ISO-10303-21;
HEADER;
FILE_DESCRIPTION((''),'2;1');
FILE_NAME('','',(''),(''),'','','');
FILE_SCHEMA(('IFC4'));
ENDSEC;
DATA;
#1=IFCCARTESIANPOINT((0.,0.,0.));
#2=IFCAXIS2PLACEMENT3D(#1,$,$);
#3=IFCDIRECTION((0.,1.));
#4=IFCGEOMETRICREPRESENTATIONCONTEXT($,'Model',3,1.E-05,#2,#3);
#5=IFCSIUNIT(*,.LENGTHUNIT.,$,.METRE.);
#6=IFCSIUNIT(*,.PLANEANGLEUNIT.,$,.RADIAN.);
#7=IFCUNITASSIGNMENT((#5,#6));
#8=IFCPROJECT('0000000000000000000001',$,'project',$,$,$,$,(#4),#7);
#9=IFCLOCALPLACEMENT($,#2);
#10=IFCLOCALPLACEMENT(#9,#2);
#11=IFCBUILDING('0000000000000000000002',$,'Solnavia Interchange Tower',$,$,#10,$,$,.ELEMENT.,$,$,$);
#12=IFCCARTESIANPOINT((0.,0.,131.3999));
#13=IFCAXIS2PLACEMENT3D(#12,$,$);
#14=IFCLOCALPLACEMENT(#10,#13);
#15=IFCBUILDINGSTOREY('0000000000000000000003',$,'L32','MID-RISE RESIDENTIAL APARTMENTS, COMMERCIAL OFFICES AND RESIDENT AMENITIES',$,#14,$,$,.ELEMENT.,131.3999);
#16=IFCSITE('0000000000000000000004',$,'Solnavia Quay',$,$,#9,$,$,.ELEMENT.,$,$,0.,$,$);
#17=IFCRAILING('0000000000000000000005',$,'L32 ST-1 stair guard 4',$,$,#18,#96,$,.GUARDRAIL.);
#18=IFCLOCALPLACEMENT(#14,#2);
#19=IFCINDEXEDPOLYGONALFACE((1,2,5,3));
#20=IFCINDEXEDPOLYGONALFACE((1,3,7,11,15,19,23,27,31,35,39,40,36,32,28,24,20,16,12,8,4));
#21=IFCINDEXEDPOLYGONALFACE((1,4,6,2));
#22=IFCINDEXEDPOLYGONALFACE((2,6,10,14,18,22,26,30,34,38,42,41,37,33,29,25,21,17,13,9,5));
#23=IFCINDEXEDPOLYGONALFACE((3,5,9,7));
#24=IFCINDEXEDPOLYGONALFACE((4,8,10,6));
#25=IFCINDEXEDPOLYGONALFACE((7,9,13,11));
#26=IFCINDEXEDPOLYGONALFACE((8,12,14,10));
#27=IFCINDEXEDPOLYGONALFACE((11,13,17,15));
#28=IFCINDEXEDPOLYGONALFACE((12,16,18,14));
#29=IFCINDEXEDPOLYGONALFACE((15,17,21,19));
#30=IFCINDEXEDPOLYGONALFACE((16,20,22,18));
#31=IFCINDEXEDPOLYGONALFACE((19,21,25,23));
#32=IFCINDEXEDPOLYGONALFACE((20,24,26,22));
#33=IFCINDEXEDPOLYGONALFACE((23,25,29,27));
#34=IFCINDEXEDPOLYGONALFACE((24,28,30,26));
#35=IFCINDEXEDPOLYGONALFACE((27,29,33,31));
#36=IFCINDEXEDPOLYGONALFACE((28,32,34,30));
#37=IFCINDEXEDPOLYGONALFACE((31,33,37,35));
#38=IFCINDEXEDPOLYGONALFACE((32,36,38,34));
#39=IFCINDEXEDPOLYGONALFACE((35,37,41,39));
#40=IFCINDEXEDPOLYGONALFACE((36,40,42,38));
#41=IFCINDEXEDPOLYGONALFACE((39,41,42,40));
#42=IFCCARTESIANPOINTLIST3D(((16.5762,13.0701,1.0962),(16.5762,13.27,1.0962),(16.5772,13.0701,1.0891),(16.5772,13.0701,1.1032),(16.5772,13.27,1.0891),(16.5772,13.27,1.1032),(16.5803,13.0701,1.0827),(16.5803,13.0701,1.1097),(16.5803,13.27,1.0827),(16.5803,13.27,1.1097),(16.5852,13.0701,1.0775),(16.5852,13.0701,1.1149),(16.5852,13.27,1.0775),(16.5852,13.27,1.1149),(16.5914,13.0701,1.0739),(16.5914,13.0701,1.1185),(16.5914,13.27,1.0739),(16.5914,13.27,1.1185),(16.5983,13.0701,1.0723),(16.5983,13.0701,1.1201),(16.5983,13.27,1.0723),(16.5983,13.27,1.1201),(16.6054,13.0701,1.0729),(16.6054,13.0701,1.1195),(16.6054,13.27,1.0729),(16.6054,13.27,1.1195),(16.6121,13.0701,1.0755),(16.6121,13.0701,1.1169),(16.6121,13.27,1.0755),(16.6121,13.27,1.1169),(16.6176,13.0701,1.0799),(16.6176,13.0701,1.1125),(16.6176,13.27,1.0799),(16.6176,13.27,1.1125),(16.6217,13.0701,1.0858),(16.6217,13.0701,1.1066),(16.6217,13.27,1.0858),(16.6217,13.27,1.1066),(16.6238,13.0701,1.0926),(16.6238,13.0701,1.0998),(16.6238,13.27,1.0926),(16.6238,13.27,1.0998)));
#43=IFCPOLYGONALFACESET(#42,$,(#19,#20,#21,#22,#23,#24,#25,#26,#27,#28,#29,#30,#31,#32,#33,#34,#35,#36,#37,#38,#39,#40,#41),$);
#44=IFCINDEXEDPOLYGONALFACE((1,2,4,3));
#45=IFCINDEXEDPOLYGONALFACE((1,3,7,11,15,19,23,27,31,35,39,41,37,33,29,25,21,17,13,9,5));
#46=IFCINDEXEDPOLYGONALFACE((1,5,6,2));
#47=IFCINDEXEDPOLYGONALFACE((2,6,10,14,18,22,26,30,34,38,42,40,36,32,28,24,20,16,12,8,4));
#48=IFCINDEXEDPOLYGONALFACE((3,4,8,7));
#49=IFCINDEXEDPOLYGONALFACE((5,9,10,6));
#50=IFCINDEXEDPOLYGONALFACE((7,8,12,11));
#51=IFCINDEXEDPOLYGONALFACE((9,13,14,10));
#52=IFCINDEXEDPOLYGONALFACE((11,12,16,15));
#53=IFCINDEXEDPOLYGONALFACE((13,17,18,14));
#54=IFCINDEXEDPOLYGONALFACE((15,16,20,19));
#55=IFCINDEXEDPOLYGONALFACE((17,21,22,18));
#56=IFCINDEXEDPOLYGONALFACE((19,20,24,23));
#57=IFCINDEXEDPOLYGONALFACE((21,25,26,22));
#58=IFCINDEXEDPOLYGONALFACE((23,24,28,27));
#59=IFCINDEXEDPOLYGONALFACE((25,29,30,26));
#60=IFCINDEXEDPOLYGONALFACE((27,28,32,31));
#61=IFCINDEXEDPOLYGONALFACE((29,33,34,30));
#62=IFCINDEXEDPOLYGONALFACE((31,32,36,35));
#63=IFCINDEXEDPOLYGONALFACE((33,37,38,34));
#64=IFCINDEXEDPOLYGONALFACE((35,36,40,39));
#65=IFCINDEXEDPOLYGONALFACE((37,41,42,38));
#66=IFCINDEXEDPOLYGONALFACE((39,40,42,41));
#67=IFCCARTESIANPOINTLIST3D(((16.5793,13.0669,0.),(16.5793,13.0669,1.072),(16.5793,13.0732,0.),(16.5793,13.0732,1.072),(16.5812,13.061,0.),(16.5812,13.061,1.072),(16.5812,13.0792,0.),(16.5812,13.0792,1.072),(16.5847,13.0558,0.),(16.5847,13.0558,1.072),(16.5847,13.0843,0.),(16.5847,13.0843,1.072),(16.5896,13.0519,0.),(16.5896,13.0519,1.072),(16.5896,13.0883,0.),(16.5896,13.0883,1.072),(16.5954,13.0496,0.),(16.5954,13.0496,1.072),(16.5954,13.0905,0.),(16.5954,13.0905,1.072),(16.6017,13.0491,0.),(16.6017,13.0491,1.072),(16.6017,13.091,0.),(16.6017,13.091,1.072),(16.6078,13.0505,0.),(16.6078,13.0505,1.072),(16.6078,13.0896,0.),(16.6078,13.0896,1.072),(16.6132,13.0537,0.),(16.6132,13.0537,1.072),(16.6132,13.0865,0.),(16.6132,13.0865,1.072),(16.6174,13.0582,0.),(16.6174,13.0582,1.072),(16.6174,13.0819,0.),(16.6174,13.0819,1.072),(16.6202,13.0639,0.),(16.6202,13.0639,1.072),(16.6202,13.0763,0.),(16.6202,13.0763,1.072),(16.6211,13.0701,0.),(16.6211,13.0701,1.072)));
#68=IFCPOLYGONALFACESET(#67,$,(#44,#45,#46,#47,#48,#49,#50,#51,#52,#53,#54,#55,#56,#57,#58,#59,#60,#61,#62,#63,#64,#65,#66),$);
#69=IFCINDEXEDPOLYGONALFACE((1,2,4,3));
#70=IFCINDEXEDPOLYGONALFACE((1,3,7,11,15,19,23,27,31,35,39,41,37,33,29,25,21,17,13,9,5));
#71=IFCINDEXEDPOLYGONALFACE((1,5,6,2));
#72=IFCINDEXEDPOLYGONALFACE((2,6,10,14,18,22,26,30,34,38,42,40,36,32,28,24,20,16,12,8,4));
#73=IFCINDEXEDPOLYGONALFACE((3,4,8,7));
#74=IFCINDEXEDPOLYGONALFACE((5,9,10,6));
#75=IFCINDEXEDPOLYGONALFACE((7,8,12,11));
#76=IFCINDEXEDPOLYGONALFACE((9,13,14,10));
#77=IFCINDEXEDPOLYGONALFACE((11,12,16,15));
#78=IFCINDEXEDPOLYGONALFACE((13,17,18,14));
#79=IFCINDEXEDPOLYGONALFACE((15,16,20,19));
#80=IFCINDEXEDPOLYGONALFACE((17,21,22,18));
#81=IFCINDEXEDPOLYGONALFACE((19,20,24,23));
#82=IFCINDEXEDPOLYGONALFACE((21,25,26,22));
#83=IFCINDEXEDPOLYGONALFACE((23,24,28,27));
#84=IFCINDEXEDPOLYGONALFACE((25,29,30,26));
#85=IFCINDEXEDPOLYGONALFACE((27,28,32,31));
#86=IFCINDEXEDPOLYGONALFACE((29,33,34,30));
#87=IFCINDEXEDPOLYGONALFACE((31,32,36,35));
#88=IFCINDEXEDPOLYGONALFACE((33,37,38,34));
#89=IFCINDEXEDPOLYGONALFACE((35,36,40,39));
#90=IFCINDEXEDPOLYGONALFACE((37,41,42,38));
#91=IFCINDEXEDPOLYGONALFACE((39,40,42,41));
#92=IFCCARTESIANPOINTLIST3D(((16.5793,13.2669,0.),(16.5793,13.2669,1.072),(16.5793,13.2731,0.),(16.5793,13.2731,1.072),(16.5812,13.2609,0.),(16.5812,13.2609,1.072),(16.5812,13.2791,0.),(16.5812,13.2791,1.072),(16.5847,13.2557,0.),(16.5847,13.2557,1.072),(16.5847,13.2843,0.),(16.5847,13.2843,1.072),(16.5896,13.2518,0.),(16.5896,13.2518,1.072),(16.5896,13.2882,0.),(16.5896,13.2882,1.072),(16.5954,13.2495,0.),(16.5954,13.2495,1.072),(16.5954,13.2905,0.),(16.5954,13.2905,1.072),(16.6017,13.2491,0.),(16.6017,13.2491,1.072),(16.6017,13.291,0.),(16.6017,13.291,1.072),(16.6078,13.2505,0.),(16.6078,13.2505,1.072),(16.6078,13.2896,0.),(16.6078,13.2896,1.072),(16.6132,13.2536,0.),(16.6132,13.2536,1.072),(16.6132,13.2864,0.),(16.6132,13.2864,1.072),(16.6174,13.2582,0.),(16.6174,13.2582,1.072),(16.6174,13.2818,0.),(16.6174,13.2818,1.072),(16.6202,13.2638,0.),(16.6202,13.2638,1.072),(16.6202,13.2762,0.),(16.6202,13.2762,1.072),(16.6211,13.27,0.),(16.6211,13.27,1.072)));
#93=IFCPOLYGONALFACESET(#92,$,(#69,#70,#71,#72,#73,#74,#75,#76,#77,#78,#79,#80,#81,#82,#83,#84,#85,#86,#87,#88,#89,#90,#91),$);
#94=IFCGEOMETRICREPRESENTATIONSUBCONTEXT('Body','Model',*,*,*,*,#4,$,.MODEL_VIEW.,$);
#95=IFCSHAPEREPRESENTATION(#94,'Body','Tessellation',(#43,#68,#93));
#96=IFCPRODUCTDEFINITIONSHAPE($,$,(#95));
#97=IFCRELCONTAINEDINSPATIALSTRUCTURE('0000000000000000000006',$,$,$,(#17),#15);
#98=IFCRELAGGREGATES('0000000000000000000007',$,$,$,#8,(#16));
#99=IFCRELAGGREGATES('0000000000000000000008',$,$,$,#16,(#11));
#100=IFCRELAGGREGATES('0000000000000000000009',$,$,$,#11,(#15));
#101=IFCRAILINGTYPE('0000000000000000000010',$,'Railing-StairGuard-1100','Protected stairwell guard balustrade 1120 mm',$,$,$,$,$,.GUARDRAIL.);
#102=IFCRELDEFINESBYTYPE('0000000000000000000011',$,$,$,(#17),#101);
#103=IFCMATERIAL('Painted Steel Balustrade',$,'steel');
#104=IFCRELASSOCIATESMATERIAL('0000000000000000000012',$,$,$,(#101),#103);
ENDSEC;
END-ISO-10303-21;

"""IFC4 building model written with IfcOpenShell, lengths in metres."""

from ifc_helpers import new_model, si_unit, direction, frame, origin, origin_2d, place, context, subcontext, project, spatial, circle, extrude, material, type_object, element, save


model = new_model("IFC4")

# Units and contexts
model_context = context("Model", 3, precision=1e-05, world=origin(), true_north=direction((0.0, 1.0)))
body_context = subcontext(model_context, "Body", "Model", "MODEL_VIEW")
ifc_project = project(units=[si_unit("LENGTHUNIT", "METRE"), si_unit("PLANEANGLEUNIT", "RADIAN")], contexts=[model_context])

# Site, building, storey
site_placement = place(None, origin())
site = spatial("IfcSite", under=ifc_project, at=site_placement, Name="Solnavia Quay", CompositionType="ELEMENT", RefElevation=0.0)
building_placement = place(site_placement, origin())
building = spatial("IfcBuilding", under=site, at=building_placement, Name="Solnavia Interchange Tower", CompositionType="ELEMENT")
storey_placement = place(building_placement, frame((0.0, 0.0, 131.3999)))
storey = spatial("IfcBuildingStorey", under=building, at=storey_placement, Name="L32", Description="MID-RISE RESIDENTIAL APARTMENTS, COMMERCIAL OFFICES AND RESIDENT AMENITIES", CompositionType="ELEMENT", Elevation=131.3999)

# Railing
ifc_material_1 = material(Name="Painted Steel Balustrade", Category="steel")
railing_type_1 = type_object("IfcRailingType", Name="Railing-StairGuard-1100", Description="Protected stairwell guard balustrade 1120 mm", PredefinedType="GUARDRAIL", material=ifc_material_1)
railing_1_placement = place(storey_placement, frame((16.6001, 13.0701, 0.0)))
element("IfcRailing", 1, at=railing_1_placement, inside=storey, type_object=railing_type_1, Name="L32 ST-1 stair guard 4", PredefinedType="GUARDRAIL", context=body_context, shape_type="SweptSolid", body=[
    extrude(circle(Radius=0.0239, at=origin_2d()), frame((0.0, 0.0, 1.0962), z_axis=(0.0, 1.0, 0.0), x_axis=(-1.0, 0.0, 0.0)), (0.0, 0.0, 1.0), 0.2),
    extrude(circle(Radius=0.021, at=origin_2d()), origin(), (0.0, 0.0, 1.0), 1.072),
    extrude(circle(Radius=0.021, at=origin_2d()), frame((0.0, 0.2, 0.0)), (0.0, 0.0, 1.0), 1.072),
])

save(model, "model.ifc")
